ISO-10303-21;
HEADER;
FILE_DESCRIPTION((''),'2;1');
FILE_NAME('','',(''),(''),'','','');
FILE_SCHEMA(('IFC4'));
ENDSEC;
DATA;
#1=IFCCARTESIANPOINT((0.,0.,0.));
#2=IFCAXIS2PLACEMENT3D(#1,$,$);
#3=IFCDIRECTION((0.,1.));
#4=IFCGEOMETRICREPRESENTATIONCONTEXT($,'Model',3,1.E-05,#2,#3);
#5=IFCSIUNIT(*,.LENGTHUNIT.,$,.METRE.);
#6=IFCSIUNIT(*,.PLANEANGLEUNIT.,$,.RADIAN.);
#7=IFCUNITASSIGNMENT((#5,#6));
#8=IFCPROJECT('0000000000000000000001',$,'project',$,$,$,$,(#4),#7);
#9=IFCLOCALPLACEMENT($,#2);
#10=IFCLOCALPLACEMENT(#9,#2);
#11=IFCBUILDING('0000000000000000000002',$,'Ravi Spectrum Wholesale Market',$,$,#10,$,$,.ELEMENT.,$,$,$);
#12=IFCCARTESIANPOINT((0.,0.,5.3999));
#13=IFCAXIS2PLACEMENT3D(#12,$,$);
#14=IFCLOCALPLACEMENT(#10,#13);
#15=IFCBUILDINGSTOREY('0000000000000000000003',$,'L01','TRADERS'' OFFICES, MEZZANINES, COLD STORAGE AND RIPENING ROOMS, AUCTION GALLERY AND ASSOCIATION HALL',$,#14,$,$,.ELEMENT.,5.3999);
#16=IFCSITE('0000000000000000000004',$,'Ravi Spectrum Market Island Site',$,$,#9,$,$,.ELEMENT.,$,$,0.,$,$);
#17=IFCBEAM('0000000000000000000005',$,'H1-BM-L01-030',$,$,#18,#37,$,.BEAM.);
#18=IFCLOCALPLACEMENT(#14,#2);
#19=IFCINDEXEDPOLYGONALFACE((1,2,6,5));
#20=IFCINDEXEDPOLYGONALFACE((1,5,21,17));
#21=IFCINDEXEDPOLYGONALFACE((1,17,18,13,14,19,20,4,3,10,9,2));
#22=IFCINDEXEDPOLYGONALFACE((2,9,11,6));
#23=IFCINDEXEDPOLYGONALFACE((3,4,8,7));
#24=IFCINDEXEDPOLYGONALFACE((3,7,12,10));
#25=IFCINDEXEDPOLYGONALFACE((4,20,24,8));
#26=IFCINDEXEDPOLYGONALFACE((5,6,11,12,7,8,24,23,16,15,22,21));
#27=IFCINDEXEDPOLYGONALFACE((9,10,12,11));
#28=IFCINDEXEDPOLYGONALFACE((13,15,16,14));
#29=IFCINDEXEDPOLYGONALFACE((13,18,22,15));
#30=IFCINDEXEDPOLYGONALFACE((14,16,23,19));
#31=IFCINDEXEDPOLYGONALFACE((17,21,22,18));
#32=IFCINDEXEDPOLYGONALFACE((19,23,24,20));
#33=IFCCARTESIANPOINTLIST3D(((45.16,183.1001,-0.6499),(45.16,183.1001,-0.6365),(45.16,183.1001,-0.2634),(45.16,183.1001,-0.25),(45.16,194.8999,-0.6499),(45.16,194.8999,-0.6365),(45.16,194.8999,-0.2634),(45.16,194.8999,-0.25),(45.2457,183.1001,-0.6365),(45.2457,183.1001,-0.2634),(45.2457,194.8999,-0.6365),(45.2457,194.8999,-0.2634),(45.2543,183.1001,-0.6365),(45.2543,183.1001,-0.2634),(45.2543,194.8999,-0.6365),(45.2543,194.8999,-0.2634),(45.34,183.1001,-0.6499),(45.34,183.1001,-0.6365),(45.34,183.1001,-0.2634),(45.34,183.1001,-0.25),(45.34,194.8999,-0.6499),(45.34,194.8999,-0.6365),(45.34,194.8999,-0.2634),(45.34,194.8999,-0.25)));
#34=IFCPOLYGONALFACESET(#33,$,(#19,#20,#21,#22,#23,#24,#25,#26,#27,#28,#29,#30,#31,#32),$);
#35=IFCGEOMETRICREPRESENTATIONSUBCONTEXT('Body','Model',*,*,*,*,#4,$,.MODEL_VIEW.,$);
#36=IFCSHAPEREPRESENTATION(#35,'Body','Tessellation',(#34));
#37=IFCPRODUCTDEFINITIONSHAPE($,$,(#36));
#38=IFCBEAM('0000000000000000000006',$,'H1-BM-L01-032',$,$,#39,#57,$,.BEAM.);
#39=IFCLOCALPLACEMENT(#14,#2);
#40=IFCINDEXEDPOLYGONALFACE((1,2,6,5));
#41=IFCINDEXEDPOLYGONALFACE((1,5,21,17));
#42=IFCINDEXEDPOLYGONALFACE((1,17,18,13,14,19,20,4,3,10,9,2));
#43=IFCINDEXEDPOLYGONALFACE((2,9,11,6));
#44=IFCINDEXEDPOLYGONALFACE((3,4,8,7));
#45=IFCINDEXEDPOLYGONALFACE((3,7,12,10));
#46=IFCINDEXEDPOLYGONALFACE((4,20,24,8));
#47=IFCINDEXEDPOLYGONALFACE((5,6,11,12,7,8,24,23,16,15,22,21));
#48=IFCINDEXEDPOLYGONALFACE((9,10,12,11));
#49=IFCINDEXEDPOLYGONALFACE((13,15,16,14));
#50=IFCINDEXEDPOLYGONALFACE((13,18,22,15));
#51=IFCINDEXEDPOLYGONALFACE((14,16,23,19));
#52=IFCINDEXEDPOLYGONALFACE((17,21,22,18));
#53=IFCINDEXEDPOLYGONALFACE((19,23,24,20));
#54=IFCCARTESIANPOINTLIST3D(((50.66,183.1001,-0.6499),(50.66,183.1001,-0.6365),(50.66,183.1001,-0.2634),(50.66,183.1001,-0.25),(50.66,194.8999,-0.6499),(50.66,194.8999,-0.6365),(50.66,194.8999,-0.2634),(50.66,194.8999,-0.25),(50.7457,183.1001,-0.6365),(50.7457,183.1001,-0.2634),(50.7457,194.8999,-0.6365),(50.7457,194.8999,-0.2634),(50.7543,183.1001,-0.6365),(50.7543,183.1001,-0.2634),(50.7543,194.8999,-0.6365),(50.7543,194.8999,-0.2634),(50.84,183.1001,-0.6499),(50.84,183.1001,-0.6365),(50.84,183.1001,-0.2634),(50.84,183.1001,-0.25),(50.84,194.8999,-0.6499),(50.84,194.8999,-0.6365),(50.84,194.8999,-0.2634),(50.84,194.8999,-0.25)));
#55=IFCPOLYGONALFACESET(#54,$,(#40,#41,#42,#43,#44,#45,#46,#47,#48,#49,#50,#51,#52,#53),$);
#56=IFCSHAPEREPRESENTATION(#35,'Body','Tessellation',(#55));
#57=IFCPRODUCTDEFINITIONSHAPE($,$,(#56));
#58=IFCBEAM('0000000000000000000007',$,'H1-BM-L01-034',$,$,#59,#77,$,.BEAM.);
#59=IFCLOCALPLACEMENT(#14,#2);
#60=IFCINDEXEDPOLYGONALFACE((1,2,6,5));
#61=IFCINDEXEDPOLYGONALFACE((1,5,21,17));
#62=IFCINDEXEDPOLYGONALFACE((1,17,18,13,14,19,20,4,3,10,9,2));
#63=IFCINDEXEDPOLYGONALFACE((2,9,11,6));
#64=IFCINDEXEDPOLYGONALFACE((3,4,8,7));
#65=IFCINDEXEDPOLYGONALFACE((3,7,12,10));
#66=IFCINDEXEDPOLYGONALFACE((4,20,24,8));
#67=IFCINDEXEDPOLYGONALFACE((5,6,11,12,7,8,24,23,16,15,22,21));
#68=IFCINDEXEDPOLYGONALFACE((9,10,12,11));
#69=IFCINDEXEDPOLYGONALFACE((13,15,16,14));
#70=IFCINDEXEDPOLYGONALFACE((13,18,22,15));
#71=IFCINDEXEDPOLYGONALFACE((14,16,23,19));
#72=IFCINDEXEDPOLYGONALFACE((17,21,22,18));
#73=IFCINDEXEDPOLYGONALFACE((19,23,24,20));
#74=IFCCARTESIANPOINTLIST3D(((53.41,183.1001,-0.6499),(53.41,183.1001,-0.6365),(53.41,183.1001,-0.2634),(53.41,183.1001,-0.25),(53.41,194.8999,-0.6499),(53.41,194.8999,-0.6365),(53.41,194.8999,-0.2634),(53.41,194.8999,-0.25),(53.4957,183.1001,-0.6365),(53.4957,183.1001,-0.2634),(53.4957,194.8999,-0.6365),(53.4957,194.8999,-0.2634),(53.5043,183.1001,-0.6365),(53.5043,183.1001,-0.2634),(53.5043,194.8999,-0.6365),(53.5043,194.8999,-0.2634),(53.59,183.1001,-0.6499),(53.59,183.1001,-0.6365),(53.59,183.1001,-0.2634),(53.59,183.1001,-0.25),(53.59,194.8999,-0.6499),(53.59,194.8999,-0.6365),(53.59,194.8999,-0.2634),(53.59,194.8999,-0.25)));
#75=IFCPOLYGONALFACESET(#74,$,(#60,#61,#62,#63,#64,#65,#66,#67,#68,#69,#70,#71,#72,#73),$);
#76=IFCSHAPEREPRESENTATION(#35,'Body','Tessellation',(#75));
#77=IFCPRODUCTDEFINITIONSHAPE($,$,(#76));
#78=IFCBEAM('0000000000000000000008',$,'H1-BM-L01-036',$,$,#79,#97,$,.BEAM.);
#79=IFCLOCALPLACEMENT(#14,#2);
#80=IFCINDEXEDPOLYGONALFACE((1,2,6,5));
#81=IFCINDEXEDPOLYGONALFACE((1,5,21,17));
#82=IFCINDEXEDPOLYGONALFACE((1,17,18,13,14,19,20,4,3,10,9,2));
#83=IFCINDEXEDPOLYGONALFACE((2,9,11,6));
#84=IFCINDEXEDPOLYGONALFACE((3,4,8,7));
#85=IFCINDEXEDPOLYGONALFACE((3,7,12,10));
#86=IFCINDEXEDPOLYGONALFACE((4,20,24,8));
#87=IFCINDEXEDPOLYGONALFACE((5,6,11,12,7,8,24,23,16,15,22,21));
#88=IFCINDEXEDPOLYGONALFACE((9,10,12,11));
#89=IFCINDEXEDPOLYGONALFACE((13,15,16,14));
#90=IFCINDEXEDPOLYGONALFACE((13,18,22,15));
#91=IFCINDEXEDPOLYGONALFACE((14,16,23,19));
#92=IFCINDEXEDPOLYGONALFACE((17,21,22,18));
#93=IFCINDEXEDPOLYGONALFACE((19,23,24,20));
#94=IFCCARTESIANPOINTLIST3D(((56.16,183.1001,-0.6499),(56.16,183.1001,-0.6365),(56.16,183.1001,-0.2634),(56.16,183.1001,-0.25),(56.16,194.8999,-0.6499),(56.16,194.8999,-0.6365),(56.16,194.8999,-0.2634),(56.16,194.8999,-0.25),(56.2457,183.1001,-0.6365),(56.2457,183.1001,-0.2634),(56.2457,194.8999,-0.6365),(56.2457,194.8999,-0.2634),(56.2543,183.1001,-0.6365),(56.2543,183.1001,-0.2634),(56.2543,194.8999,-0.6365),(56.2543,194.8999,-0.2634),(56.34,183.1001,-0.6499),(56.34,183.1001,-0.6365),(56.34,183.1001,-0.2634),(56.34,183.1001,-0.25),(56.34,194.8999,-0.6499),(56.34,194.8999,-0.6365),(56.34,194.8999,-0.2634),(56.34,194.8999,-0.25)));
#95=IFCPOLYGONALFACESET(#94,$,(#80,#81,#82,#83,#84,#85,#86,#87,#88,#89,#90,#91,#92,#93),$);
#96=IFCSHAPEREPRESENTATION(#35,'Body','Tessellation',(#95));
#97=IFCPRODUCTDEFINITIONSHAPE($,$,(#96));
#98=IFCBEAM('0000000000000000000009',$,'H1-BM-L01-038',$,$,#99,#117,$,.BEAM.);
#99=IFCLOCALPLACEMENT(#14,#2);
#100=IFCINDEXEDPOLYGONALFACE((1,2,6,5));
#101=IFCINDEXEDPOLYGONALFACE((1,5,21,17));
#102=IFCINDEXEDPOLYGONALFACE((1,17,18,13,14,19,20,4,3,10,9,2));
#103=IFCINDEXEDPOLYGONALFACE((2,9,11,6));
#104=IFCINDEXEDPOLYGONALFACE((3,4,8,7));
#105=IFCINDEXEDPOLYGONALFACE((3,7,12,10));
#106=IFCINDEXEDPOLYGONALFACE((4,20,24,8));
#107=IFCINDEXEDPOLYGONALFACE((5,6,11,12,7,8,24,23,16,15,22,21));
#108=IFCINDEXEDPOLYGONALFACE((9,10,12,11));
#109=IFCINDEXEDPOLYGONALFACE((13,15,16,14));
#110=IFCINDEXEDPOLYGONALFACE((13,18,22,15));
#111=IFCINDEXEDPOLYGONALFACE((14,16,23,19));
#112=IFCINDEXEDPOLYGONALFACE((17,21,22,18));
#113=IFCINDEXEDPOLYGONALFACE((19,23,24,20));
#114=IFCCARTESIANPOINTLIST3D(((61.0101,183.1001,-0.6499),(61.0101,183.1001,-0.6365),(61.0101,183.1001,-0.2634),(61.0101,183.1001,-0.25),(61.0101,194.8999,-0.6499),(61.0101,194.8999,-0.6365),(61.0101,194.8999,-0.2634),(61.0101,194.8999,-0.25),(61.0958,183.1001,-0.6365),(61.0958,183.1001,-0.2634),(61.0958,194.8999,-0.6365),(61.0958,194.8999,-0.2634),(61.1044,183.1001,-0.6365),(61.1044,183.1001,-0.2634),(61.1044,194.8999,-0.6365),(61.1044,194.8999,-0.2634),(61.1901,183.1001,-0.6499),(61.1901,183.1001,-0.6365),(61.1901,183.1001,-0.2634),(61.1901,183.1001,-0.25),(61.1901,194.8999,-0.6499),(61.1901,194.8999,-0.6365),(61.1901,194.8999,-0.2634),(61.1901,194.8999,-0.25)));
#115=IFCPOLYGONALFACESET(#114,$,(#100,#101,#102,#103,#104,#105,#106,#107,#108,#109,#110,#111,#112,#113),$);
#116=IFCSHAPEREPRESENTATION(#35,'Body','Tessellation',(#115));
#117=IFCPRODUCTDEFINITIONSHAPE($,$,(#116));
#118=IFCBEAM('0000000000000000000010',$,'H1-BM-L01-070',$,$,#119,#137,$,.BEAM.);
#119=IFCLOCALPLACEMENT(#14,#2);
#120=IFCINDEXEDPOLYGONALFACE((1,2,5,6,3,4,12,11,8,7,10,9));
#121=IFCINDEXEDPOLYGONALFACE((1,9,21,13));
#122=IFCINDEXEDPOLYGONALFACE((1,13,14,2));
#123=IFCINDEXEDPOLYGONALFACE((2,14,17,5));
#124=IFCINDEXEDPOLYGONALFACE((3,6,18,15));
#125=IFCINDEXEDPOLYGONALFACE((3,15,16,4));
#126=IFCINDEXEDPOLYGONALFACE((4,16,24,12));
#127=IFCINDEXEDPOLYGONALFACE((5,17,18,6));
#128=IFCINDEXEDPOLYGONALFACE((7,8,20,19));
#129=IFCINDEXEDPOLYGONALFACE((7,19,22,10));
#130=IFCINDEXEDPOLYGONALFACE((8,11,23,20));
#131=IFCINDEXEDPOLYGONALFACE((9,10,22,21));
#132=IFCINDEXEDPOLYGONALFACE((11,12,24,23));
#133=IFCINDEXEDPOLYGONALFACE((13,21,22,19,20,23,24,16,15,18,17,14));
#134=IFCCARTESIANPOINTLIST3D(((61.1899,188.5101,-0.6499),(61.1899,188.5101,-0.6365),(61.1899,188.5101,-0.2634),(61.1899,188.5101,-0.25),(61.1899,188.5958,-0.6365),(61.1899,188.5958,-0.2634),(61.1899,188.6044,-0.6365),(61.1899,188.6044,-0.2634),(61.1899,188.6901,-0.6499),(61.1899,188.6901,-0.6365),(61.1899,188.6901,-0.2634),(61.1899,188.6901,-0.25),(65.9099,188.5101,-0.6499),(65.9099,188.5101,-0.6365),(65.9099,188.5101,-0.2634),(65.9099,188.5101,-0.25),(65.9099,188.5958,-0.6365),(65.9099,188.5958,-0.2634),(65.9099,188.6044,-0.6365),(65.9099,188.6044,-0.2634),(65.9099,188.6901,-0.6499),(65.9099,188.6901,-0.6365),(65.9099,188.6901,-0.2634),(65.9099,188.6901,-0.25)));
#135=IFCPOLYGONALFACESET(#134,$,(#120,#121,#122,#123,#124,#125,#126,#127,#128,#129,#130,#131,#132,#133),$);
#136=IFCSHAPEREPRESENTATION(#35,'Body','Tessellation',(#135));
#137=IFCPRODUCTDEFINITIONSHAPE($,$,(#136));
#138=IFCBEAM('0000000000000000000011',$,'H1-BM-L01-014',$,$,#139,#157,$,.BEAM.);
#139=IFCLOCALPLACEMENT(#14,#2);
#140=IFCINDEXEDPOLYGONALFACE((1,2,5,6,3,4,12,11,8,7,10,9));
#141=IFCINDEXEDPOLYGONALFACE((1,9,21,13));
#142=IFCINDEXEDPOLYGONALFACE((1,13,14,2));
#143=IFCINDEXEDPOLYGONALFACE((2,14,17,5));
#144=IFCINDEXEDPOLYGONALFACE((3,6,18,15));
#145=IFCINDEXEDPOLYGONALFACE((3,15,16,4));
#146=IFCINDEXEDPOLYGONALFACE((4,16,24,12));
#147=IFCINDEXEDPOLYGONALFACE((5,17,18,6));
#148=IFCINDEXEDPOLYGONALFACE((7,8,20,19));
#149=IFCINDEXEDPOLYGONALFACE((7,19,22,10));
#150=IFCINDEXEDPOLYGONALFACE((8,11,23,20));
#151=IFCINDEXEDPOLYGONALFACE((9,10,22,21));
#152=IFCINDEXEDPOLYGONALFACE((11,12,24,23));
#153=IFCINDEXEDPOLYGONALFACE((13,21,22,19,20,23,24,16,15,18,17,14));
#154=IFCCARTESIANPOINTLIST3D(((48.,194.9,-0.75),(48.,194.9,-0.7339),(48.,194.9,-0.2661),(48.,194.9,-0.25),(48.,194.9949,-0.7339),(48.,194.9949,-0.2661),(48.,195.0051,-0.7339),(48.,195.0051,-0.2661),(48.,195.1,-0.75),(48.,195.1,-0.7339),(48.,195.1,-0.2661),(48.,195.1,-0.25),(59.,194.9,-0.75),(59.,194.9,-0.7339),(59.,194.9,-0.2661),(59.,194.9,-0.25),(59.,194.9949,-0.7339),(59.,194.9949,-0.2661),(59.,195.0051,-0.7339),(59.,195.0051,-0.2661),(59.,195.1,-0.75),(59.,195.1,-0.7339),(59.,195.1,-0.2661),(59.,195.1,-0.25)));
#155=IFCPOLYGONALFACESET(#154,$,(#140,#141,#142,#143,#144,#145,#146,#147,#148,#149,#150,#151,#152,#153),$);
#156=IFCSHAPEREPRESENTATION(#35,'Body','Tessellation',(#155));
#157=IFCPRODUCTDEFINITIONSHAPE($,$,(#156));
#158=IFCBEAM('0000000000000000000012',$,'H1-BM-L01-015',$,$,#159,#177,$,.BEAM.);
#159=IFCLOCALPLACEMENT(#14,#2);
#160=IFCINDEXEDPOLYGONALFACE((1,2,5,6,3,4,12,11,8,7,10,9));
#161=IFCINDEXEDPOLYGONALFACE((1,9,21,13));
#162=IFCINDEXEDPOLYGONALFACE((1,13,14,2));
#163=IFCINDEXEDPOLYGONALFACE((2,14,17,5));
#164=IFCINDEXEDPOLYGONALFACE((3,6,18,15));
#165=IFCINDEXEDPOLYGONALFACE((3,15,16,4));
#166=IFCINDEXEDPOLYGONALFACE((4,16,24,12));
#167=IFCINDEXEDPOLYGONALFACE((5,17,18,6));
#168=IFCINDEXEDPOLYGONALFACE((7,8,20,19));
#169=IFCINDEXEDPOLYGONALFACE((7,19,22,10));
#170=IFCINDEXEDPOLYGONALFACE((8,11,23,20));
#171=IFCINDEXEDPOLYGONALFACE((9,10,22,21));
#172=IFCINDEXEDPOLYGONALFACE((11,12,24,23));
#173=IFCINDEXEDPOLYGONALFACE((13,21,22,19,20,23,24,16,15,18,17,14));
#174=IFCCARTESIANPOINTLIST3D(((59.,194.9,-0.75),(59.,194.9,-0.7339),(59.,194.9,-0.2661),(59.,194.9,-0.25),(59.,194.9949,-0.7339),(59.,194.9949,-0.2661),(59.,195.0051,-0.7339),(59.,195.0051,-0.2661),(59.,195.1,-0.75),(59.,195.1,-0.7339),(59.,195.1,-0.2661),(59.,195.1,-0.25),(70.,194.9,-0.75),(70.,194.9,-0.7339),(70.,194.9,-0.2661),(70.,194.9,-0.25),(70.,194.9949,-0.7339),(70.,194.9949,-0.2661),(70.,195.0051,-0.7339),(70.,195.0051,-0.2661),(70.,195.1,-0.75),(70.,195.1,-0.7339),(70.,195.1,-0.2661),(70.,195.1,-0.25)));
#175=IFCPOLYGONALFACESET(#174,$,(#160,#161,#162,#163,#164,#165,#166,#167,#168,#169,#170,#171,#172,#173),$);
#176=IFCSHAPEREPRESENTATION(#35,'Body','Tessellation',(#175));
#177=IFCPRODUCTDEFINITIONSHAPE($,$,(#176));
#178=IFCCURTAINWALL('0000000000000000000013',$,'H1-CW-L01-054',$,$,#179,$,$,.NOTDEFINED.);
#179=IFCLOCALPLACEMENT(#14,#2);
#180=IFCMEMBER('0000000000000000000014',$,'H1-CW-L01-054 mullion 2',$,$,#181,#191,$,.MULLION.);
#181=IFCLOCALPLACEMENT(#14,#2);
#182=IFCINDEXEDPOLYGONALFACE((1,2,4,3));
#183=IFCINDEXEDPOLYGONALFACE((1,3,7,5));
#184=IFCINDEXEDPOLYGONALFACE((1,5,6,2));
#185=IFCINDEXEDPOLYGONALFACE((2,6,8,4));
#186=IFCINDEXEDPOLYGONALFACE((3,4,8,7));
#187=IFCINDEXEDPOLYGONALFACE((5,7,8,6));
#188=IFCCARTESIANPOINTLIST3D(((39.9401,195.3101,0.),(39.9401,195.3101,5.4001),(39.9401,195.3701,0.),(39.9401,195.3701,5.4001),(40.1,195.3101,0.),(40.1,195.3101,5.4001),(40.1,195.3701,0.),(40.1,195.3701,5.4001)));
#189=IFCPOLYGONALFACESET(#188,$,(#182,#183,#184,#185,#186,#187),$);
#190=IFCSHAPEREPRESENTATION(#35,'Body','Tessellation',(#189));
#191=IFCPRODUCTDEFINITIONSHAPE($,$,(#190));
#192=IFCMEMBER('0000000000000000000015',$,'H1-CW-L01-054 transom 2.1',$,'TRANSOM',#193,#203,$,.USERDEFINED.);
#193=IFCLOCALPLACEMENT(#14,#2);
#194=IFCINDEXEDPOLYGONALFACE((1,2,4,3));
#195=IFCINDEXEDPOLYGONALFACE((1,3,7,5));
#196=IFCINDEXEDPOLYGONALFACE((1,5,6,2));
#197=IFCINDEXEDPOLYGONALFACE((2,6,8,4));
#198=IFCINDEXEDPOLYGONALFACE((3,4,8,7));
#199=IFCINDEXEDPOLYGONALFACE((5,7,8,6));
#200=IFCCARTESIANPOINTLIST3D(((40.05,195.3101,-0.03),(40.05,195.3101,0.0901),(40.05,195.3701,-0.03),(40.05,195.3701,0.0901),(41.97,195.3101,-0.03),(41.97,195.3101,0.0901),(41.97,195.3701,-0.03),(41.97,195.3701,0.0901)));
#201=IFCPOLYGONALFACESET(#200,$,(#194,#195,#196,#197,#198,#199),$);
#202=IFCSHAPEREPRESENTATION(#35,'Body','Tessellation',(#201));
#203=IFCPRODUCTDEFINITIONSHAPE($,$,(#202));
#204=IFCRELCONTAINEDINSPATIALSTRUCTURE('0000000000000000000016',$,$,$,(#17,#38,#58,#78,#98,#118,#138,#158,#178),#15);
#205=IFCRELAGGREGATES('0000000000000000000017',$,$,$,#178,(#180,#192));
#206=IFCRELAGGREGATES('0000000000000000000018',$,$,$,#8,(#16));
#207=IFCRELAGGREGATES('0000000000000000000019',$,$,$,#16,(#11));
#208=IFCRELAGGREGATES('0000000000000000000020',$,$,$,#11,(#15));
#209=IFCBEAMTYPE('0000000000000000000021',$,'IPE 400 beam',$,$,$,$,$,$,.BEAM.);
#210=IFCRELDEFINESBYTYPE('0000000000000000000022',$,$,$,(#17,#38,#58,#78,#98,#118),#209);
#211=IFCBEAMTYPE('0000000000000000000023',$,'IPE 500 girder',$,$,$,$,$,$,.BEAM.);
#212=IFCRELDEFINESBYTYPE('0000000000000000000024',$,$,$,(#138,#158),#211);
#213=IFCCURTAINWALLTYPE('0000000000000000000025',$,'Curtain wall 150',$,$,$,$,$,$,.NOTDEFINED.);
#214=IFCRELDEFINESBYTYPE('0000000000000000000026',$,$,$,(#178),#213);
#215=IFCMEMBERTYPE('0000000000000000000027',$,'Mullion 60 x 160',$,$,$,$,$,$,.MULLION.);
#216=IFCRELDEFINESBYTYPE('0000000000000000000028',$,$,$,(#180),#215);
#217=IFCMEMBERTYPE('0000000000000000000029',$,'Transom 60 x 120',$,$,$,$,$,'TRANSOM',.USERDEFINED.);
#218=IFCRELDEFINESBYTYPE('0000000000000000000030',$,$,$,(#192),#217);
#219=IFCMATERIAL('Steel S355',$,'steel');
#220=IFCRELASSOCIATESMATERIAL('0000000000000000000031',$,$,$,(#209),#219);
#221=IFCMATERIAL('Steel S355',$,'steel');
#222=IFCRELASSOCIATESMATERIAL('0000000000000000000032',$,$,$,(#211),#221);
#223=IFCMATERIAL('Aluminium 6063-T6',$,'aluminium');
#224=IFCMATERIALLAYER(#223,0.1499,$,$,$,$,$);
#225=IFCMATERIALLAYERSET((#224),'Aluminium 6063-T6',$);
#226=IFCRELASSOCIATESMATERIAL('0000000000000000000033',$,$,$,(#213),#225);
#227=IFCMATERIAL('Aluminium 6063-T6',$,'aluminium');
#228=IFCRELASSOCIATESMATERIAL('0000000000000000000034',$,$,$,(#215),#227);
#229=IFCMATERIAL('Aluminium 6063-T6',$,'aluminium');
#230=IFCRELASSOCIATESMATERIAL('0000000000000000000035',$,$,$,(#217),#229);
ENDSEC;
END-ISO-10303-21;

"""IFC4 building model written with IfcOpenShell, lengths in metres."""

from ifc_helpers import new_model, si_unit, direction, frame, origin, origin_2d, place, context, subcontext, project, spatial, rectangle, i_section, extrude, material, layer, layer_set, material_profile, profile_set, type_object, element, aggregate, save


model = new_model("IFC4")

# Units and contexts
model_context = context("Model", 3, precision=1e-05, world=origin(), true_north=direction((0.0, 1.0)))
body_context = subcontext(model_context, "Body", "Model", "MODEL_VIEW")
ifc_project = project(units=[si_unit("LENGTHUNIT", "METRE"), si_unit("PLANEANGLEUNIT", "RADIAN")], contexts=[model_context])

# Site, building, storey
site_placement = place(None, origin())
site = spatial("IfcSite", under=ifc_project, at=site_placement, Name="Ravi Spectrum Market Island Site", CompositionType="ELEMENT", RefElevation=0.0)
building_placement = place(site_placement, origin())
building = spatial("IfcBuilding", under=site, at=building_placement, Name="Ravi Spectrum Wholesale Market", CompositionType="ELEMENT")
storey_placement = place(building_placement, frame((0.0, 0.0, 5.3999)))
storey = spatial("IfcBuildingStorey", under=building, at=storey_placement, Name="L01", Description="TRADERS' OFFICES, MEZZANINES, COLD STORAGE AND RIPENING ROOMS, AUCTION GALLERY AND ASSOCIATION HALL", CompositionType="ELEMENT", Elevation=5.3999)

# Beams
ifc_material_1 = material(Name="Steel S355", Category="steel")
ifc_material_profile_1 = material_profile(ifc_material_1, i_section(OverallWidth=0.1799, OverallDepth=0.3999, WebThickness=0.0085, FlangeThickness=0.0134, at=origin_2d()))
ifc_profile_set_1 = profile_set([ifc_material_profile_1], Name="Steel S355")
beam_type_1 = type_object("IfcBeamType", Name="IPE 400 beam", PredefinedType="BEAM", material=ifc_profile_set_1)
for number, where, z_axis, x_axis, name in (
    (1, (45.25, 183.1001, -0.45), (0.0, 1.0, 0.0), (-1.0, 0.0, 0.0), "H1-BM-L01-030"),
    (2, (50.75, 183.1001, -0.45), (0.0, 1.0, 0.0), (-1.0, 0.0, 0.0), "H1-BM-L01-032"),
    (3, (53.5, 183.1001, -0.45), (0.0, 1.0, 0.0), (-1.0, 0.0, 0.0), "H1-BM-L01-034"),
    (4, (56.25, 183.1001, -0.45), (0.0, 1.0, 0.0), (-1.0, 0.0, 0.0), "H1-BM-L01-036"),
    (5, (61.1001, 183.1001, -0.45), (0.0, 1.0, 0.0), (-1.0, 0.0, 0.0), "H1-BM-L01-038"),
):
    element("IfcBeam", number, at=place(storey_placement, frame(where, z_axis=z_axis, x_axis=x_axis)), inside=storey, type_object=beam_type_1, Name=name, PredefinedType="BEAM", context=body_context, shape_type="SweptSolid", body=[
        extrude(i_section(OverallWidth=0.1799, OverallDepth=0.3999, WebThickness=0.0085, FlangeThickness=0.0134, at=origin_2d()), origin(), (0.0, 0.0, 1.0), 11.7998),
    ])
beam_placement = place(storey_placement, frame((61.1899, 188.6001, -0.45), z_axis=(1.0, 0.0, 0.0), x_axis=(0.0, 1.0, 0.0)))
element("IfcBeam", 6, at=beam_placement, inside=storey, type_object=beam_type_1, Name="H1-BM-L01-070", PredefinedType="BEAM", context=body_context, shape_type="SweptSolid", body=[
    extrude(i_section(OverallWidth=0.1799, OverallDepth=0.3999, WebThickness=0.0085, FlangeThickness=0.0134, at=origin_2d()), origin(), (0.0, 0.0, 1.0), 4.72),
])
ifc_material_2 = material(Name="Steel S355", Category="steel")
ifc_material_profile_2 = material_profile(ifc_material_2, i_section(OverallWidth=0.2, OverallDepth=0.5, WebThickness=0.0103, FlangeThickness=0.0161, at=origin_2d()))
ifc_profile_set_2 = profile_set([ifc_material_profile_2], Name="Steel S355")
beam_type_2 = type_object("IfcBeamType", Name="IPE 500 girder", PredefinedType="BEAM", material=ifc_profile_set_2)
for number, where, z_axis, x_axis, name in (
    (7, (48.0, 195.0, -0.5), (1.0, 0.0, 0.0), (0.0, 1.0, 0.0), "H1-BM-L01-014"),
    (8, (59.0, 195.0, -0.5), (1.0, 0.0, 0.0), (0.0, 1.0, 0.0), "H1-BM-L01-015"),
):
    element("IfcBeam", number, at=place(storey_placement, frame(where, z_axis=z_axis, x_axis=x_axis)), inside=storey, type_object=beam_type_2, Name=name, PredefinedType="BEAM", context=body_context, shape_type="SweptSolid", body=[
        extrude(i_section(OverallWidth=0.2, OverallDepth=0.5, WebThickness=0.0103, FlangeThickness=0.0161, at=origin_2d()), origin(), (0.0, 0.0, 1.0), 11.0),
    ])

# Curtain wall, members
ifc_material_3 = material(Name="Aluminium 6063-T6", Category="aluminium")
ifc_layer_1 = layer(ifc_material_3, 0.1499)
ifc_layer_set_1 = layer_set([ifc_layer_1], Name="Aluminium 6063-T6")
curtain_wall_type = type_object("IfcCurtainWallType", Name="Curtain wall 150", PredefinedType="NOTDEFINED", material=ifc_layer_set_1)
curtain_wall_placement = place(storey_placement, origin())
curtain_wall = element("IfcCurtainWall", 9, at=curtain_wall_placement, inside=storey, type_object=curtain_wall_type, Name="H1-CW-L01-054", PredefinedType="NOTDEFINED")
ifc_material_4 = material(Name="Aluminium 6063-T6", Category="aluminium")
ifc_material_profile_3 = material_profile(ifc_material_4, rectangle(XDim=0.0601, YDim=0.1599, at=origin_2d()))
ifc_profile_set_3 = profile_set([ifc_material_profile_3], Name="Aluminium 6063-T6")
member_type_1 = type_object("IfcMemberType", Name="Mullion 60 x 160", PredefinedType="MULLION", material=ifc_profile_set_3)
member_1_placement = place(storey_placement, frame((40.02, 195.3401, 0.0), z_axis=(0.0, 0.0, 1.0), x_axis=(0.0, 1.0, 0.0)))
member_1 = element("IfcMember", 10, at=member_1_placement, type_object=member_type_1, Name="H1-CW-L01-054 mullion 2", PredefinedType="MULLION", context=body_context, shape_type="SweptSolid", body=[
    extrude(rectangle(XDim=0.0601, YDim=0.1599, at=origin_2d()), origin(), (0.0, 0.0, 1.0), 5.4001),
])
ifc_material_5 = material(Name="Aluminium 6063-T6", Category="aluminium")
ifc_material_profile_4 = material_profile(ifc_material_5, rectangle(XDim=0.0601, YDim=0.1201, at=origin_2d()))
ifc_profile_set_4 = profile_set([ifc_material_profile_4], Name="Aluminium 6063-T6")
member_type_2 = type_object("IfcMemberType", Name="Transom 60 x 120", ElementType="TRANSOM", PredefinedType="USERDEFINED", material=ifc_profile_set_4)
member_2_placement = place(storey_placement, frame((40.05, 195.3401, 0.03), z_axis=(1.0, 0.0, 0.0), x_axis=(0.0, 1.0, 0.0)))
member_2 = element("IfcMember", 11, at=member_2_placement, type_object=member_type_2, Name="H1-CW-L01-054 transom 2.1", ObjectType="TRANSOM", PredefinedType="USERDEFINED", context=body_context, shape_type="SweptSolid", body=[
    extrude(rectangle(XDim=0.0601, YDim=0.1201, at=origin_2d()), origin(), (0.0, 0.0, 1.0), 1.9199),
])
aggregate(curtain_wall, [member_1, member_2])

save(model, "model.ifc")
